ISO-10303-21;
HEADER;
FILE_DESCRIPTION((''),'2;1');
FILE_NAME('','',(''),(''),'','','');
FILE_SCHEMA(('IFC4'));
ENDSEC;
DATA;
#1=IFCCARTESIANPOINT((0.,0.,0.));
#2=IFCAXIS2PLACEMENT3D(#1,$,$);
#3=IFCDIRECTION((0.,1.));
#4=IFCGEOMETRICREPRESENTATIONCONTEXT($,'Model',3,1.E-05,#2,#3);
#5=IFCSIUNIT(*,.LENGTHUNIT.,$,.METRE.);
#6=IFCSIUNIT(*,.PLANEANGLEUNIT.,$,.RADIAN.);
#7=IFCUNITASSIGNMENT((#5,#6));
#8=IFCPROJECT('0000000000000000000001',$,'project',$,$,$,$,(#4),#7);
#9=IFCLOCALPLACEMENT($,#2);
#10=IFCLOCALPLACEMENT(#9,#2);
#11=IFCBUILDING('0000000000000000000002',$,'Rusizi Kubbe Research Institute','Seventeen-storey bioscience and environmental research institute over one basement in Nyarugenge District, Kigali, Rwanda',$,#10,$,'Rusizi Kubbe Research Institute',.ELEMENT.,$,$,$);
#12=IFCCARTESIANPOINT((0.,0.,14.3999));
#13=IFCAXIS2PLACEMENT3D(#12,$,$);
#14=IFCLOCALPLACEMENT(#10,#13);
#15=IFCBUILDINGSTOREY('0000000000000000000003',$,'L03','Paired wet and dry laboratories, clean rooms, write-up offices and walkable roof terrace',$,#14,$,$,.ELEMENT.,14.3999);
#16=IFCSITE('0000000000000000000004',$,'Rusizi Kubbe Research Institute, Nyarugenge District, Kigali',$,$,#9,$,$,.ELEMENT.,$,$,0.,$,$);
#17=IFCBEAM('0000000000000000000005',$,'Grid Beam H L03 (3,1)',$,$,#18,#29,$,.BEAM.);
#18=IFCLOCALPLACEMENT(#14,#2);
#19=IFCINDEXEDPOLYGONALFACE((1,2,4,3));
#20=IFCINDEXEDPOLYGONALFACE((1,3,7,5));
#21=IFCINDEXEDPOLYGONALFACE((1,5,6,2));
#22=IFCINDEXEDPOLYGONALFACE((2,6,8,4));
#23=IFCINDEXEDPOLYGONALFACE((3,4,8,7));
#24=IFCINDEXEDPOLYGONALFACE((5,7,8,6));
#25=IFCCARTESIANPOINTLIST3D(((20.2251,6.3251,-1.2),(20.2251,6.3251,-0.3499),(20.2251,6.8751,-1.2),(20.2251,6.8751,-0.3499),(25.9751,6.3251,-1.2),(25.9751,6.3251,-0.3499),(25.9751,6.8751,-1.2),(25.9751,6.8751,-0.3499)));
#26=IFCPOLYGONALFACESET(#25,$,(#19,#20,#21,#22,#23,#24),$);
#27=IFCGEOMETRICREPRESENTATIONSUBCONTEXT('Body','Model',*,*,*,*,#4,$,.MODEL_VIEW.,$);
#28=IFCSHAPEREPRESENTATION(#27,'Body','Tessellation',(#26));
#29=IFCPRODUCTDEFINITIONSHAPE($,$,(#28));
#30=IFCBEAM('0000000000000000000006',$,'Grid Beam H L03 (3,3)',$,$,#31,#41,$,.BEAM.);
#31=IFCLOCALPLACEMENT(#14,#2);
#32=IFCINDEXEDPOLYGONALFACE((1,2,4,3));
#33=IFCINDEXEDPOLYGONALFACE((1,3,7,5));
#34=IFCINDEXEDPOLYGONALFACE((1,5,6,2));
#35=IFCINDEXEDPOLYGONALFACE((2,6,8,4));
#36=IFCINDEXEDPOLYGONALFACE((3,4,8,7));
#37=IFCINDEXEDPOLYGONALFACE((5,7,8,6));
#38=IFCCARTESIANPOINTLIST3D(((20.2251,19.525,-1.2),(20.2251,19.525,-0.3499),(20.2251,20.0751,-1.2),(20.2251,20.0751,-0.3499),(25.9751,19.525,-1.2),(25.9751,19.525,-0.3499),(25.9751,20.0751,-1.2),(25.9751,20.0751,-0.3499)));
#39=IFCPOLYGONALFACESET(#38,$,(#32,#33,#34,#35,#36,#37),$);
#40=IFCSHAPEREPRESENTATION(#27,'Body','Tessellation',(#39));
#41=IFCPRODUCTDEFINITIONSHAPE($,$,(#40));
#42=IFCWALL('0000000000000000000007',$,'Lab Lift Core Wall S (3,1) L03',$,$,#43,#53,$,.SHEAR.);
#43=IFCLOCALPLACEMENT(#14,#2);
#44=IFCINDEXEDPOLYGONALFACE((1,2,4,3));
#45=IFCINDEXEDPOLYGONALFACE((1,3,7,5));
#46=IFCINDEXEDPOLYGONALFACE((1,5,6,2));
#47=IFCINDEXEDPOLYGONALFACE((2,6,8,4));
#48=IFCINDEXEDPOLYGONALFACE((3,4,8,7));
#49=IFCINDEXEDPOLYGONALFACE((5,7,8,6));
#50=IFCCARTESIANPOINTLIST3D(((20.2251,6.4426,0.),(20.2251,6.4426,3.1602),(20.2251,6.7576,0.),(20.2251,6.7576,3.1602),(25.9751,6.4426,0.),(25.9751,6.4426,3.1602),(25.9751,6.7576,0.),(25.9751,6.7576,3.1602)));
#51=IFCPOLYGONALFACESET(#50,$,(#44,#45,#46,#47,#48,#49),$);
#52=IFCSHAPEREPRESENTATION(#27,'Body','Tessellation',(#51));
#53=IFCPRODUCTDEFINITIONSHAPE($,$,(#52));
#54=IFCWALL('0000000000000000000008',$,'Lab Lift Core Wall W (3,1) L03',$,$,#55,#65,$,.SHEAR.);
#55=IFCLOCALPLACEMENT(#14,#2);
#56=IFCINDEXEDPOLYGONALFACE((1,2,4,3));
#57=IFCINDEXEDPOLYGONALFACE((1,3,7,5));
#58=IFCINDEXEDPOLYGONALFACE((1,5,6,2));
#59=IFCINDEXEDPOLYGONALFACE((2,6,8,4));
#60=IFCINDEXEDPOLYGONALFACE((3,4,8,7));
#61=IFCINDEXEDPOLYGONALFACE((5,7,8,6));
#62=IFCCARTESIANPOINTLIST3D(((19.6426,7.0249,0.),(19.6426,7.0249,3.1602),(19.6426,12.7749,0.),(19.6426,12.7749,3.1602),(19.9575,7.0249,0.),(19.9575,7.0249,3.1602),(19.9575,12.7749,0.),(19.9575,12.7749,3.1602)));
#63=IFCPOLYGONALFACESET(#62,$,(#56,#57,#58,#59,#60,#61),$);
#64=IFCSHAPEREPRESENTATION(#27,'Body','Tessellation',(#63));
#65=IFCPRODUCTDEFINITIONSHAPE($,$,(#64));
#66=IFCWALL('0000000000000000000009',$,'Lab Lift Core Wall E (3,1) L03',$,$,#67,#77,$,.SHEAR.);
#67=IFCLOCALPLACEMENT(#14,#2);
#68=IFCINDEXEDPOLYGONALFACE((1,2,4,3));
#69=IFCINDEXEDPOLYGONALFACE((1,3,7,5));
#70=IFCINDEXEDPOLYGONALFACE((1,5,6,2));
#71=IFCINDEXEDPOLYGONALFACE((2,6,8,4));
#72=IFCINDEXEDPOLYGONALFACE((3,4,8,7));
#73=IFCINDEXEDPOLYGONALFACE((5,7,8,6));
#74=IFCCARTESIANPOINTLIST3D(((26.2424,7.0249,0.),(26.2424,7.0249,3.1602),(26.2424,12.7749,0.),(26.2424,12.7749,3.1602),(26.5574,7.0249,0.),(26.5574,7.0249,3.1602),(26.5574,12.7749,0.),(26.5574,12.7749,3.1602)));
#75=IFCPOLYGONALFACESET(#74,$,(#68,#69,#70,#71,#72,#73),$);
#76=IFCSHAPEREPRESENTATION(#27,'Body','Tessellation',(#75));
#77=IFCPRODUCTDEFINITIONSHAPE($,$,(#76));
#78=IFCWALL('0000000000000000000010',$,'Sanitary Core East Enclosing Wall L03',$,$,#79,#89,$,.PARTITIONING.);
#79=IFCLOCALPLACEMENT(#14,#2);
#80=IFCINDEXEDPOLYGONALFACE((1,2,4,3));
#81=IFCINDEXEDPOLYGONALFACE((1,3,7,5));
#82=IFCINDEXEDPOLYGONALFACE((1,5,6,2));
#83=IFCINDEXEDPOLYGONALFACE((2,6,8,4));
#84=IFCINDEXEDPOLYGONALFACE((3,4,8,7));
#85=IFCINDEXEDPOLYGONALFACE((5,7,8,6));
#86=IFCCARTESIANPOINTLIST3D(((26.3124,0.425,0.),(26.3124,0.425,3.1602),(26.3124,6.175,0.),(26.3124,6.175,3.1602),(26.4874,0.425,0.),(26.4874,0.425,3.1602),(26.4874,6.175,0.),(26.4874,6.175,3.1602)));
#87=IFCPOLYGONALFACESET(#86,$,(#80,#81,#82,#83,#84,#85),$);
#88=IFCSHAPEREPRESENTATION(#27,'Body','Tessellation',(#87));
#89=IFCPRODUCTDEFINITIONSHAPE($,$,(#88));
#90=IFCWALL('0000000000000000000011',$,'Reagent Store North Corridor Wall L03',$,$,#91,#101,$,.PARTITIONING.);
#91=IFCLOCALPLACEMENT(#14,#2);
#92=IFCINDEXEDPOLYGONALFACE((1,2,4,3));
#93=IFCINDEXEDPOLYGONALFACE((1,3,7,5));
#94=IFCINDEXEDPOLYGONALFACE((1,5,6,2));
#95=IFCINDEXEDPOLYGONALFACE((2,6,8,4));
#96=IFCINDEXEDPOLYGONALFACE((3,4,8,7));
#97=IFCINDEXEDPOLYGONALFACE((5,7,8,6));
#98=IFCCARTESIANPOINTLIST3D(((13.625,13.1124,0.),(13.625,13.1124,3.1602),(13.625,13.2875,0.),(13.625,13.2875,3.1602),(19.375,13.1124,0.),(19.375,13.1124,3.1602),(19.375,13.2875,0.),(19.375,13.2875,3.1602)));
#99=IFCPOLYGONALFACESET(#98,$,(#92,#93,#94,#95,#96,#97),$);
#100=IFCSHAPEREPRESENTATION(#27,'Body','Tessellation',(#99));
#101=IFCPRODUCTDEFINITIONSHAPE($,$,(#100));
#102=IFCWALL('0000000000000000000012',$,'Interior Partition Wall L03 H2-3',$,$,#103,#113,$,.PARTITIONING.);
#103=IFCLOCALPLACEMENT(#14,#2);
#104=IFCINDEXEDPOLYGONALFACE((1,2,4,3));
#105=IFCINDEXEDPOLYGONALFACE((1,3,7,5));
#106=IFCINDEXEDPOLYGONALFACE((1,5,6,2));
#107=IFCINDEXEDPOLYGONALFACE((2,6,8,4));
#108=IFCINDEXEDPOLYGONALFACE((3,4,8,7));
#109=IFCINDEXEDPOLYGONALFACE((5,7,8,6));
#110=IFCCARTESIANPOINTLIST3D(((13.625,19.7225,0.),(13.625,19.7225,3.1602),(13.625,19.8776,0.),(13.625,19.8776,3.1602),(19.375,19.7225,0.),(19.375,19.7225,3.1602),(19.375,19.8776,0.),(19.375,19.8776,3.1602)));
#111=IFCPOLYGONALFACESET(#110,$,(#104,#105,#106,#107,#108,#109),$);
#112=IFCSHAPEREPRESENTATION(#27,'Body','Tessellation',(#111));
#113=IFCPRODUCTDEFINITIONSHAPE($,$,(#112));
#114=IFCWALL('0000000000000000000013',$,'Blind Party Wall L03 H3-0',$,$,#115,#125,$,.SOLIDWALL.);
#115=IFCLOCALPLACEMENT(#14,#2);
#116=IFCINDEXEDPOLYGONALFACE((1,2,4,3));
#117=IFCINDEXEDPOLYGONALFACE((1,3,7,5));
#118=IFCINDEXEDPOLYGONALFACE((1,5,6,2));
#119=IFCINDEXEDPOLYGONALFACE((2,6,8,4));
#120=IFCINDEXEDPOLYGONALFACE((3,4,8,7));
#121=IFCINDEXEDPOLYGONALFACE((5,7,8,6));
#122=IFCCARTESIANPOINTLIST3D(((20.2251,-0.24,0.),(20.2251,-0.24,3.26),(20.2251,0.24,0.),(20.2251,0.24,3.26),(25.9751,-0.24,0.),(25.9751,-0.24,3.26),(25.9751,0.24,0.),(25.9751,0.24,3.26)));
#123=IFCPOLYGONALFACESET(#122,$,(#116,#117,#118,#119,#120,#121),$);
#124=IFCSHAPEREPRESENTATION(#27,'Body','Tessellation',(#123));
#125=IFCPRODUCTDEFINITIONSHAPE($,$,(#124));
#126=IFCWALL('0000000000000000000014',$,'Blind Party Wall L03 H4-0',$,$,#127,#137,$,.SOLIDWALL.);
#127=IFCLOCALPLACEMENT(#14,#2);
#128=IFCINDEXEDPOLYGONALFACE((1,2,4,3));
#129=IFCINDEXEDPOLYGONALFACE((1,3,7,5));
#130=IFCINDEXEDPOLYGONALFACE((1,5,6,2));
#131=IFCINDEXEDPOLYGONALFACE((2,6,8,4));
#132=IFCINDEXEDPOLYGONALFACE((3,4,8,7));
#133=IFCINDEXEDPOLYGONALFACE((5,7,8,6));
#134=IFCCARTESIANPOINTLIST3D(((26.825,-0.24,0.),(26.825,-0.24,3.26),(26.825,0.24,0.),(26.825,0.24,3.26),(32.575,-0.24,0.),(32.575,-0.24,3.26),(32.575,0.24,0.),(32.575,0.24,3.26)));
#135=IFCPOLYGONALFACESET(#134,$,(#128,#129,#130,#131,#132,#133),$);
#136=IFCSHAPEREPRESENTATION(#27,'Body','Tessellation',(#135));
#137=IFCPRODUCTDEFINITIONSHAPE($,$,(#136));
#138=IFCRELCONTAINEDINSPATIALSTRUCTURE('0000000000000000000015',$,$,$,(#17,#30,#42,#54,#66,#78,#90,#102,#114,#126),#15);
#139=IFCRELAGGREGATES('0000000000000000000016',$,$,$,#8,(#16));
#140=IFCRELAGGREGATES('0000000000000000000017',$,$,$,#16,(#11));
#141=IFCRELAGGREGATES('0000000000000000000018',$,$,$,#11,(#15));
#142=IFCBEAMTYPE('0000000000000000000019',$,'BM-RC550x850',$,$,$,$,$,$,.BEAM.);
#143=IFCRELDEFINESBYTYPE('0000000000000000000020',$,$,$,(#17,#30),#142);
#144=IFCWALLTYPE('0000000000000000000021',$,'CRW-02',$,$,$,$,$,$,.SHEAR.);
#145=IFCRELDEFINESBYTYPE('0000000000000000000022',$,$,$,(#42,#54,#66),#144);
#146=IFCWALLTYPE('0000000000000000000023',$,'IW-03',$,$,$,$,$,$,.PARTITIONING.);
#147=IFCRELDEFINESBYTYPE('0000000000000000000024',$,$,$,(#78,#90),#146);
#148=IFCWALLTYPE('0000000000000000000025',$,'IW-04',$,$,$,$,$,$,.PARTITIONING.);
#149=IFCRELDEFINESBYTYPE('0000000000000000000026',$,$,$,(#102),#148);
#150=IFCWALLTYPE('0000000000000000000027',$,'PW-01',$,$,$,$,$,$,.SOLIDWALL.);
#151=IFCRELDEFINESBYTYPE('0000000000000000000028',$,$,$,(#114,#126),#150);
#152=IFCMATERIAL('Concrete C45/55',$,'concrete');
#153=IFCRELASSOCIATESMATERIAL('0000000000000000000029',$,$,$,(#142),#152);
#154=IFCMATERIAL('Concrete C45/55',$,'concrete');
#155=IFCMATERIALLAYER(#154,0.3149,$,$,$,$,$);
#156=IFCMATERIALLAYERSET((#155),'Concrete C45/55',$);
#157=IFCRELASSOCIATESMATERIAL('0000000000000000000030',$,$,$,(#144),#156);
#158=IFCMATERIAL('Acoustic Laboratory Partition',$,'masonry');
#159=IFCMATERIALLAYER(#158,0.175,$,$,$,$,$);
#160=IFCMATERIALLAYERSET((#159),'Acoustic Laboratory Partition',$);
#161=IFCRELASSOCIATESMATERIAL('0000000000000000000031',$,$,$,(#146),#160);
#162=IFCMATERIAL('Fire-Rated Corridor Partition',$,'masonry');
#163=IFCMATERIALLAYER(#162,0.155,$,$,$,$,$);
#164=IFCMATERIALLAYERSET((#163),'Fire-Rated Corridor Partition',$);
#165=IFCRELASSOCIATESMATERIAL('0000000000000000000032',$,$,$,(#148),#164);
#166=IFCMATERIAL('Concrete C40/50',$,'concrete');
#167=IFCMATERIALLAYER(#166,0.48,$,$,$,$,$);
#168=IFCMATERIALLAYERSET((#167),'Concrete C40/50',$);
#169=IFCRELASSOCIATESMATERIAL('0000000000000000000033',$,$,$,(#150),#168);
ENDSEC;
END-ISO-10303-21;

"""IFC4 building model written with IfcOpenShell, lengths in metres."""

from ifc_helpers import new_model, si_unit, direction, frame, frame_2d, origin, origin_2d, place, context, subcontext, project, spatial, rectangle, extrude, material, layer, layer_set, material_profile, profile_set, type_object, element, save


model = new_model("IFC4")

# Units and contexts
model_context = context("Model", 3, precision=1e-05, world=origin(), true_north=direction((0.0, 1.0)))
body_context = subcontext(model_context, "Body", "Model", "MODEL_VIEW")
ifc_project = project(units=[si_unit("LENGTHUNIT", "METRE"), si_unit("PLANEANGLEUNIT", "RADIAN")], contexts=[model_context])

# Site, building, storey
site_placement = place(None, origin())
site = spatial("IfcSite", under=ifc_project, at=site_placement, Name="Rusizi Kubbe Research Institute, Nyarugenge District, Kigali", CompositionType="ELEMENT", RefElevation=0.0)
building_placement = place(site_placement, origin())
building = spatial("IfcBuilding", under=site, at=building_placement, Name="Rusizi Kubbe Research Institute", Description="Seventeen-storey bioscience and environmental research institute over one basement in Nyarugenge District, Kigali, Rwanda", LongName="Rusizi Kubbe Research Institute", CompositionType="ELEMENT")
storey_placement = place(building_placement, frame((0.0, 0.0, 14.3999)))
storey = spatial("IfcBuildingStorey", under=building, at=storey_placement, Name="L03", Description="Paired wet and dry laboratories, clean rooms, write-up offices and walkable roof terrace", CompositionType="ELEMENT", Elevation=14.3999)

# Beams
ifc_material_1 = material(Name="Concrete C45/55", Category="concrete")
ifc_material_profile_1 = material_profile(ifc_material_1, rectangle(XDim=0.55, YDim=0.8501, at=origin_2d()), Name="RC550x850")
ifc_profile_set_1 = profile_set([ifc_material_profile_1], Name="Concrete C45/55")
beam_type_1 = type_object("IfcBeamType", Name="BM-RC550x850", PredefinedType="BEAM", material=ifc_profile_set_1)
for number, where, z_axis, x_axis, name in (
    (1, (20.2251, 6.6001, -0.7749), (1.0, 0.0, 0.0), (0.0, 1.0, 0.0), "Grid Beam H L03 (3,1)"),
    (2, (20.2251, 19.8, -0.7749), (1.0, 0.0, 0.0), (0.0, 1.0, 0.0), "Grid Beam H L03 (3,3)"),
):
    element("IfcBeam", number, at=place(storey_placement, frame(where, z_axis=z_axis, x_axis=x_axis)), inside=storey, type_object=beam_type_1, Name=name, PredefinedType="BEAM", context=body_context, shape_type="SweptSolid", body=[
        extrude(rectangle(XDim=0.55, YDim=0.8501, at=origin_2d()), origin(), (0.0, 0.0, 1.0), 5.75),
    ])

# Walls
ifc_material_2 = material(Name="Concrete C45/55", Category="concrete")
ifc_layer_1 = layer(ifc_material_2, 0.3149)
ifc_layer_set_1 = layer_set([ifc_layer_1], Name="Concrete C45/55")
wall_type_1 = type_object("IfcWallType", Name="CRW-02", PredefinedType="SHEAR", material=ifc_layer_set_1)
for number, where, z_axis, x_axis, name in (
    (3, (20.2251, 6.6001, 0.0), (0.0, 0.0, 1.0), (1.0, 0.0, 0.0), "Lab Lift Core Wall S (3,1) L03"),
    (4, (19.8, 7.0249, 0.0), (0.0, 0.0, 1.0), (0.0, 1.0, 0.0), "Lab Lift Core Wall W (3,1) L03"),
    (5, (26.3999, 7.0249, 0.0), (0.0, 0.0, 1.0), (0.0, 1.0, 0.0), "Lab Lift Core Wall E (3,1) L03"),
):
    element("IfcWall", number, at=place(storey_placement, frame(where, z_axis=z_axis, x_axis=x_axis)), inside=storey, type_object=wall_type_1, Name=name, PredefinedType="SHEAR", context=body_context, shape_type="SweptSolid", body=[
        extrude(rectangle(XDim=5.75, YDim=0.3149, at=frame_2d((2.875, 0.0))), origin(), (0.0, 0.0, 1.0), 3.1602),
    ])

# Walls
ifc_material_3 = material(Name="Acoustic Laboratory Partition", Category="masonry")
ifc_layer_2 = layer(ifc_material_3, 0.175)
ifc_layer_set_2 = layer_set([ifc_layer_2], Name="Acoustic Laboratory Partition")
wall_type_2 = type_object("IfcWallType", Name="IW-03", PredefinedType="PARTITIONING", material=ifc_layer_set_2)
for number, where, z_axis, x_axis, name in (
    (6, (26.3999, 0.425, 0.0), (0.0, 0.0, 1.0), (0.0, 1.0, 0.0), "Sanitary Core East Enclosing Wall L03"),
    (7, (13.625, 13.2, 0.0), (0.0, 0.0, 1.0), (1.0, 0.0, 0.0), "Reagent Store North Corridor Wall L03"),
):
    element("IfcWall", number, at=place(storey_placement, frame(where, z_axis=z_axis, x_axis=x_axis)), inside=storey, type_object=wall_type_2, Name=name, PredefinedType="PARTITIONING", context=body_context, shape_type="SweptSolid", body=[
        extrude(rectangle(XDim=5.75, YDim=0.175, at=frame_2d((2.875, 0.0))), origin(), (0.0, 0.0, 1.0), 3.1602),
    ])
ifc_material_4 = material(Name="Fire-Rated Corridor Partition", Category="masonry")
ifc_layer_3 = layer(ifc_material_4, 0.155)
ifc_layer_set_3 = layer_set([ifc_layer_3], Name="Fire-Rated Corridor Partition")
wall_type_3 = type_object("IfcWallType", Name="IW-04", PredefinedType="PARTITIONING", material=ifc_layer_set_3)
wall_1_placement = place(storey_placement, frame((13.625, 19.8, 0.0), z_axis=(0.0, 0.0, 1.0), x_axis=(1.0, 0.0, 0.0)))
element("IfcWall", 8, at=wall_1_placement, inside=storey, type_object=wall_type_3, Name="Interior Partition Wall L03 H2-3", PredefinedType="PARTITIONING", context=body_context, shape_type="SweptSolid", body=[
    extrude(rectangle(XDim=5.75, YDim=0.155, at=frame_2d((2.875, 0.0))), origin(), (0.0, 0.0, 1.0), 3.1602),
])
ifc_material_5 = material(Name="Concrete C40/50", Category="concrete")
ifc_layer_4 = layer(ifc_material_5, 0.48)
ifc_layer_set_4 = layer_set([ifc_layer_4], Name="Concrete C40/50")
wall_type_4 = type_object("IfcWallType", Name="PW-01", PredefinedType="SOLIDWALL", material=ifc_layer_set_4)
for number, where, z_axis, x_axis, name in (
    (9, (20.2251, 0.0, 0.0), (0.0, 0.0, 1.0), (1.0, 0.0, 0.0), "Blind Party Wall L03 H3-0"),
    (10, (26.825, 0.0, 0.0), (0.0, 0.0, 1.0), (1.0, 0.0, 0.0), "Blind Party Wall L03 H4-0"),
):
    element("IfcWall", number, at=place(storey_placement, frame(where, z_axis=z_axis, x_axis=x_axis)), inside=storey, type_object=wall_type_4, Name=name, PredefinedType="SOLIDWALL", context=body_context, shape_type="SweptSolid", body=[
        extrude(rectangle(XDim=5.75, YDim=0.48, at=frame_2d((2.875, 0.0))), origin(), (0.0, 0.0, 1.0), 3.26),
    ])

save(model, "model.ifc")
